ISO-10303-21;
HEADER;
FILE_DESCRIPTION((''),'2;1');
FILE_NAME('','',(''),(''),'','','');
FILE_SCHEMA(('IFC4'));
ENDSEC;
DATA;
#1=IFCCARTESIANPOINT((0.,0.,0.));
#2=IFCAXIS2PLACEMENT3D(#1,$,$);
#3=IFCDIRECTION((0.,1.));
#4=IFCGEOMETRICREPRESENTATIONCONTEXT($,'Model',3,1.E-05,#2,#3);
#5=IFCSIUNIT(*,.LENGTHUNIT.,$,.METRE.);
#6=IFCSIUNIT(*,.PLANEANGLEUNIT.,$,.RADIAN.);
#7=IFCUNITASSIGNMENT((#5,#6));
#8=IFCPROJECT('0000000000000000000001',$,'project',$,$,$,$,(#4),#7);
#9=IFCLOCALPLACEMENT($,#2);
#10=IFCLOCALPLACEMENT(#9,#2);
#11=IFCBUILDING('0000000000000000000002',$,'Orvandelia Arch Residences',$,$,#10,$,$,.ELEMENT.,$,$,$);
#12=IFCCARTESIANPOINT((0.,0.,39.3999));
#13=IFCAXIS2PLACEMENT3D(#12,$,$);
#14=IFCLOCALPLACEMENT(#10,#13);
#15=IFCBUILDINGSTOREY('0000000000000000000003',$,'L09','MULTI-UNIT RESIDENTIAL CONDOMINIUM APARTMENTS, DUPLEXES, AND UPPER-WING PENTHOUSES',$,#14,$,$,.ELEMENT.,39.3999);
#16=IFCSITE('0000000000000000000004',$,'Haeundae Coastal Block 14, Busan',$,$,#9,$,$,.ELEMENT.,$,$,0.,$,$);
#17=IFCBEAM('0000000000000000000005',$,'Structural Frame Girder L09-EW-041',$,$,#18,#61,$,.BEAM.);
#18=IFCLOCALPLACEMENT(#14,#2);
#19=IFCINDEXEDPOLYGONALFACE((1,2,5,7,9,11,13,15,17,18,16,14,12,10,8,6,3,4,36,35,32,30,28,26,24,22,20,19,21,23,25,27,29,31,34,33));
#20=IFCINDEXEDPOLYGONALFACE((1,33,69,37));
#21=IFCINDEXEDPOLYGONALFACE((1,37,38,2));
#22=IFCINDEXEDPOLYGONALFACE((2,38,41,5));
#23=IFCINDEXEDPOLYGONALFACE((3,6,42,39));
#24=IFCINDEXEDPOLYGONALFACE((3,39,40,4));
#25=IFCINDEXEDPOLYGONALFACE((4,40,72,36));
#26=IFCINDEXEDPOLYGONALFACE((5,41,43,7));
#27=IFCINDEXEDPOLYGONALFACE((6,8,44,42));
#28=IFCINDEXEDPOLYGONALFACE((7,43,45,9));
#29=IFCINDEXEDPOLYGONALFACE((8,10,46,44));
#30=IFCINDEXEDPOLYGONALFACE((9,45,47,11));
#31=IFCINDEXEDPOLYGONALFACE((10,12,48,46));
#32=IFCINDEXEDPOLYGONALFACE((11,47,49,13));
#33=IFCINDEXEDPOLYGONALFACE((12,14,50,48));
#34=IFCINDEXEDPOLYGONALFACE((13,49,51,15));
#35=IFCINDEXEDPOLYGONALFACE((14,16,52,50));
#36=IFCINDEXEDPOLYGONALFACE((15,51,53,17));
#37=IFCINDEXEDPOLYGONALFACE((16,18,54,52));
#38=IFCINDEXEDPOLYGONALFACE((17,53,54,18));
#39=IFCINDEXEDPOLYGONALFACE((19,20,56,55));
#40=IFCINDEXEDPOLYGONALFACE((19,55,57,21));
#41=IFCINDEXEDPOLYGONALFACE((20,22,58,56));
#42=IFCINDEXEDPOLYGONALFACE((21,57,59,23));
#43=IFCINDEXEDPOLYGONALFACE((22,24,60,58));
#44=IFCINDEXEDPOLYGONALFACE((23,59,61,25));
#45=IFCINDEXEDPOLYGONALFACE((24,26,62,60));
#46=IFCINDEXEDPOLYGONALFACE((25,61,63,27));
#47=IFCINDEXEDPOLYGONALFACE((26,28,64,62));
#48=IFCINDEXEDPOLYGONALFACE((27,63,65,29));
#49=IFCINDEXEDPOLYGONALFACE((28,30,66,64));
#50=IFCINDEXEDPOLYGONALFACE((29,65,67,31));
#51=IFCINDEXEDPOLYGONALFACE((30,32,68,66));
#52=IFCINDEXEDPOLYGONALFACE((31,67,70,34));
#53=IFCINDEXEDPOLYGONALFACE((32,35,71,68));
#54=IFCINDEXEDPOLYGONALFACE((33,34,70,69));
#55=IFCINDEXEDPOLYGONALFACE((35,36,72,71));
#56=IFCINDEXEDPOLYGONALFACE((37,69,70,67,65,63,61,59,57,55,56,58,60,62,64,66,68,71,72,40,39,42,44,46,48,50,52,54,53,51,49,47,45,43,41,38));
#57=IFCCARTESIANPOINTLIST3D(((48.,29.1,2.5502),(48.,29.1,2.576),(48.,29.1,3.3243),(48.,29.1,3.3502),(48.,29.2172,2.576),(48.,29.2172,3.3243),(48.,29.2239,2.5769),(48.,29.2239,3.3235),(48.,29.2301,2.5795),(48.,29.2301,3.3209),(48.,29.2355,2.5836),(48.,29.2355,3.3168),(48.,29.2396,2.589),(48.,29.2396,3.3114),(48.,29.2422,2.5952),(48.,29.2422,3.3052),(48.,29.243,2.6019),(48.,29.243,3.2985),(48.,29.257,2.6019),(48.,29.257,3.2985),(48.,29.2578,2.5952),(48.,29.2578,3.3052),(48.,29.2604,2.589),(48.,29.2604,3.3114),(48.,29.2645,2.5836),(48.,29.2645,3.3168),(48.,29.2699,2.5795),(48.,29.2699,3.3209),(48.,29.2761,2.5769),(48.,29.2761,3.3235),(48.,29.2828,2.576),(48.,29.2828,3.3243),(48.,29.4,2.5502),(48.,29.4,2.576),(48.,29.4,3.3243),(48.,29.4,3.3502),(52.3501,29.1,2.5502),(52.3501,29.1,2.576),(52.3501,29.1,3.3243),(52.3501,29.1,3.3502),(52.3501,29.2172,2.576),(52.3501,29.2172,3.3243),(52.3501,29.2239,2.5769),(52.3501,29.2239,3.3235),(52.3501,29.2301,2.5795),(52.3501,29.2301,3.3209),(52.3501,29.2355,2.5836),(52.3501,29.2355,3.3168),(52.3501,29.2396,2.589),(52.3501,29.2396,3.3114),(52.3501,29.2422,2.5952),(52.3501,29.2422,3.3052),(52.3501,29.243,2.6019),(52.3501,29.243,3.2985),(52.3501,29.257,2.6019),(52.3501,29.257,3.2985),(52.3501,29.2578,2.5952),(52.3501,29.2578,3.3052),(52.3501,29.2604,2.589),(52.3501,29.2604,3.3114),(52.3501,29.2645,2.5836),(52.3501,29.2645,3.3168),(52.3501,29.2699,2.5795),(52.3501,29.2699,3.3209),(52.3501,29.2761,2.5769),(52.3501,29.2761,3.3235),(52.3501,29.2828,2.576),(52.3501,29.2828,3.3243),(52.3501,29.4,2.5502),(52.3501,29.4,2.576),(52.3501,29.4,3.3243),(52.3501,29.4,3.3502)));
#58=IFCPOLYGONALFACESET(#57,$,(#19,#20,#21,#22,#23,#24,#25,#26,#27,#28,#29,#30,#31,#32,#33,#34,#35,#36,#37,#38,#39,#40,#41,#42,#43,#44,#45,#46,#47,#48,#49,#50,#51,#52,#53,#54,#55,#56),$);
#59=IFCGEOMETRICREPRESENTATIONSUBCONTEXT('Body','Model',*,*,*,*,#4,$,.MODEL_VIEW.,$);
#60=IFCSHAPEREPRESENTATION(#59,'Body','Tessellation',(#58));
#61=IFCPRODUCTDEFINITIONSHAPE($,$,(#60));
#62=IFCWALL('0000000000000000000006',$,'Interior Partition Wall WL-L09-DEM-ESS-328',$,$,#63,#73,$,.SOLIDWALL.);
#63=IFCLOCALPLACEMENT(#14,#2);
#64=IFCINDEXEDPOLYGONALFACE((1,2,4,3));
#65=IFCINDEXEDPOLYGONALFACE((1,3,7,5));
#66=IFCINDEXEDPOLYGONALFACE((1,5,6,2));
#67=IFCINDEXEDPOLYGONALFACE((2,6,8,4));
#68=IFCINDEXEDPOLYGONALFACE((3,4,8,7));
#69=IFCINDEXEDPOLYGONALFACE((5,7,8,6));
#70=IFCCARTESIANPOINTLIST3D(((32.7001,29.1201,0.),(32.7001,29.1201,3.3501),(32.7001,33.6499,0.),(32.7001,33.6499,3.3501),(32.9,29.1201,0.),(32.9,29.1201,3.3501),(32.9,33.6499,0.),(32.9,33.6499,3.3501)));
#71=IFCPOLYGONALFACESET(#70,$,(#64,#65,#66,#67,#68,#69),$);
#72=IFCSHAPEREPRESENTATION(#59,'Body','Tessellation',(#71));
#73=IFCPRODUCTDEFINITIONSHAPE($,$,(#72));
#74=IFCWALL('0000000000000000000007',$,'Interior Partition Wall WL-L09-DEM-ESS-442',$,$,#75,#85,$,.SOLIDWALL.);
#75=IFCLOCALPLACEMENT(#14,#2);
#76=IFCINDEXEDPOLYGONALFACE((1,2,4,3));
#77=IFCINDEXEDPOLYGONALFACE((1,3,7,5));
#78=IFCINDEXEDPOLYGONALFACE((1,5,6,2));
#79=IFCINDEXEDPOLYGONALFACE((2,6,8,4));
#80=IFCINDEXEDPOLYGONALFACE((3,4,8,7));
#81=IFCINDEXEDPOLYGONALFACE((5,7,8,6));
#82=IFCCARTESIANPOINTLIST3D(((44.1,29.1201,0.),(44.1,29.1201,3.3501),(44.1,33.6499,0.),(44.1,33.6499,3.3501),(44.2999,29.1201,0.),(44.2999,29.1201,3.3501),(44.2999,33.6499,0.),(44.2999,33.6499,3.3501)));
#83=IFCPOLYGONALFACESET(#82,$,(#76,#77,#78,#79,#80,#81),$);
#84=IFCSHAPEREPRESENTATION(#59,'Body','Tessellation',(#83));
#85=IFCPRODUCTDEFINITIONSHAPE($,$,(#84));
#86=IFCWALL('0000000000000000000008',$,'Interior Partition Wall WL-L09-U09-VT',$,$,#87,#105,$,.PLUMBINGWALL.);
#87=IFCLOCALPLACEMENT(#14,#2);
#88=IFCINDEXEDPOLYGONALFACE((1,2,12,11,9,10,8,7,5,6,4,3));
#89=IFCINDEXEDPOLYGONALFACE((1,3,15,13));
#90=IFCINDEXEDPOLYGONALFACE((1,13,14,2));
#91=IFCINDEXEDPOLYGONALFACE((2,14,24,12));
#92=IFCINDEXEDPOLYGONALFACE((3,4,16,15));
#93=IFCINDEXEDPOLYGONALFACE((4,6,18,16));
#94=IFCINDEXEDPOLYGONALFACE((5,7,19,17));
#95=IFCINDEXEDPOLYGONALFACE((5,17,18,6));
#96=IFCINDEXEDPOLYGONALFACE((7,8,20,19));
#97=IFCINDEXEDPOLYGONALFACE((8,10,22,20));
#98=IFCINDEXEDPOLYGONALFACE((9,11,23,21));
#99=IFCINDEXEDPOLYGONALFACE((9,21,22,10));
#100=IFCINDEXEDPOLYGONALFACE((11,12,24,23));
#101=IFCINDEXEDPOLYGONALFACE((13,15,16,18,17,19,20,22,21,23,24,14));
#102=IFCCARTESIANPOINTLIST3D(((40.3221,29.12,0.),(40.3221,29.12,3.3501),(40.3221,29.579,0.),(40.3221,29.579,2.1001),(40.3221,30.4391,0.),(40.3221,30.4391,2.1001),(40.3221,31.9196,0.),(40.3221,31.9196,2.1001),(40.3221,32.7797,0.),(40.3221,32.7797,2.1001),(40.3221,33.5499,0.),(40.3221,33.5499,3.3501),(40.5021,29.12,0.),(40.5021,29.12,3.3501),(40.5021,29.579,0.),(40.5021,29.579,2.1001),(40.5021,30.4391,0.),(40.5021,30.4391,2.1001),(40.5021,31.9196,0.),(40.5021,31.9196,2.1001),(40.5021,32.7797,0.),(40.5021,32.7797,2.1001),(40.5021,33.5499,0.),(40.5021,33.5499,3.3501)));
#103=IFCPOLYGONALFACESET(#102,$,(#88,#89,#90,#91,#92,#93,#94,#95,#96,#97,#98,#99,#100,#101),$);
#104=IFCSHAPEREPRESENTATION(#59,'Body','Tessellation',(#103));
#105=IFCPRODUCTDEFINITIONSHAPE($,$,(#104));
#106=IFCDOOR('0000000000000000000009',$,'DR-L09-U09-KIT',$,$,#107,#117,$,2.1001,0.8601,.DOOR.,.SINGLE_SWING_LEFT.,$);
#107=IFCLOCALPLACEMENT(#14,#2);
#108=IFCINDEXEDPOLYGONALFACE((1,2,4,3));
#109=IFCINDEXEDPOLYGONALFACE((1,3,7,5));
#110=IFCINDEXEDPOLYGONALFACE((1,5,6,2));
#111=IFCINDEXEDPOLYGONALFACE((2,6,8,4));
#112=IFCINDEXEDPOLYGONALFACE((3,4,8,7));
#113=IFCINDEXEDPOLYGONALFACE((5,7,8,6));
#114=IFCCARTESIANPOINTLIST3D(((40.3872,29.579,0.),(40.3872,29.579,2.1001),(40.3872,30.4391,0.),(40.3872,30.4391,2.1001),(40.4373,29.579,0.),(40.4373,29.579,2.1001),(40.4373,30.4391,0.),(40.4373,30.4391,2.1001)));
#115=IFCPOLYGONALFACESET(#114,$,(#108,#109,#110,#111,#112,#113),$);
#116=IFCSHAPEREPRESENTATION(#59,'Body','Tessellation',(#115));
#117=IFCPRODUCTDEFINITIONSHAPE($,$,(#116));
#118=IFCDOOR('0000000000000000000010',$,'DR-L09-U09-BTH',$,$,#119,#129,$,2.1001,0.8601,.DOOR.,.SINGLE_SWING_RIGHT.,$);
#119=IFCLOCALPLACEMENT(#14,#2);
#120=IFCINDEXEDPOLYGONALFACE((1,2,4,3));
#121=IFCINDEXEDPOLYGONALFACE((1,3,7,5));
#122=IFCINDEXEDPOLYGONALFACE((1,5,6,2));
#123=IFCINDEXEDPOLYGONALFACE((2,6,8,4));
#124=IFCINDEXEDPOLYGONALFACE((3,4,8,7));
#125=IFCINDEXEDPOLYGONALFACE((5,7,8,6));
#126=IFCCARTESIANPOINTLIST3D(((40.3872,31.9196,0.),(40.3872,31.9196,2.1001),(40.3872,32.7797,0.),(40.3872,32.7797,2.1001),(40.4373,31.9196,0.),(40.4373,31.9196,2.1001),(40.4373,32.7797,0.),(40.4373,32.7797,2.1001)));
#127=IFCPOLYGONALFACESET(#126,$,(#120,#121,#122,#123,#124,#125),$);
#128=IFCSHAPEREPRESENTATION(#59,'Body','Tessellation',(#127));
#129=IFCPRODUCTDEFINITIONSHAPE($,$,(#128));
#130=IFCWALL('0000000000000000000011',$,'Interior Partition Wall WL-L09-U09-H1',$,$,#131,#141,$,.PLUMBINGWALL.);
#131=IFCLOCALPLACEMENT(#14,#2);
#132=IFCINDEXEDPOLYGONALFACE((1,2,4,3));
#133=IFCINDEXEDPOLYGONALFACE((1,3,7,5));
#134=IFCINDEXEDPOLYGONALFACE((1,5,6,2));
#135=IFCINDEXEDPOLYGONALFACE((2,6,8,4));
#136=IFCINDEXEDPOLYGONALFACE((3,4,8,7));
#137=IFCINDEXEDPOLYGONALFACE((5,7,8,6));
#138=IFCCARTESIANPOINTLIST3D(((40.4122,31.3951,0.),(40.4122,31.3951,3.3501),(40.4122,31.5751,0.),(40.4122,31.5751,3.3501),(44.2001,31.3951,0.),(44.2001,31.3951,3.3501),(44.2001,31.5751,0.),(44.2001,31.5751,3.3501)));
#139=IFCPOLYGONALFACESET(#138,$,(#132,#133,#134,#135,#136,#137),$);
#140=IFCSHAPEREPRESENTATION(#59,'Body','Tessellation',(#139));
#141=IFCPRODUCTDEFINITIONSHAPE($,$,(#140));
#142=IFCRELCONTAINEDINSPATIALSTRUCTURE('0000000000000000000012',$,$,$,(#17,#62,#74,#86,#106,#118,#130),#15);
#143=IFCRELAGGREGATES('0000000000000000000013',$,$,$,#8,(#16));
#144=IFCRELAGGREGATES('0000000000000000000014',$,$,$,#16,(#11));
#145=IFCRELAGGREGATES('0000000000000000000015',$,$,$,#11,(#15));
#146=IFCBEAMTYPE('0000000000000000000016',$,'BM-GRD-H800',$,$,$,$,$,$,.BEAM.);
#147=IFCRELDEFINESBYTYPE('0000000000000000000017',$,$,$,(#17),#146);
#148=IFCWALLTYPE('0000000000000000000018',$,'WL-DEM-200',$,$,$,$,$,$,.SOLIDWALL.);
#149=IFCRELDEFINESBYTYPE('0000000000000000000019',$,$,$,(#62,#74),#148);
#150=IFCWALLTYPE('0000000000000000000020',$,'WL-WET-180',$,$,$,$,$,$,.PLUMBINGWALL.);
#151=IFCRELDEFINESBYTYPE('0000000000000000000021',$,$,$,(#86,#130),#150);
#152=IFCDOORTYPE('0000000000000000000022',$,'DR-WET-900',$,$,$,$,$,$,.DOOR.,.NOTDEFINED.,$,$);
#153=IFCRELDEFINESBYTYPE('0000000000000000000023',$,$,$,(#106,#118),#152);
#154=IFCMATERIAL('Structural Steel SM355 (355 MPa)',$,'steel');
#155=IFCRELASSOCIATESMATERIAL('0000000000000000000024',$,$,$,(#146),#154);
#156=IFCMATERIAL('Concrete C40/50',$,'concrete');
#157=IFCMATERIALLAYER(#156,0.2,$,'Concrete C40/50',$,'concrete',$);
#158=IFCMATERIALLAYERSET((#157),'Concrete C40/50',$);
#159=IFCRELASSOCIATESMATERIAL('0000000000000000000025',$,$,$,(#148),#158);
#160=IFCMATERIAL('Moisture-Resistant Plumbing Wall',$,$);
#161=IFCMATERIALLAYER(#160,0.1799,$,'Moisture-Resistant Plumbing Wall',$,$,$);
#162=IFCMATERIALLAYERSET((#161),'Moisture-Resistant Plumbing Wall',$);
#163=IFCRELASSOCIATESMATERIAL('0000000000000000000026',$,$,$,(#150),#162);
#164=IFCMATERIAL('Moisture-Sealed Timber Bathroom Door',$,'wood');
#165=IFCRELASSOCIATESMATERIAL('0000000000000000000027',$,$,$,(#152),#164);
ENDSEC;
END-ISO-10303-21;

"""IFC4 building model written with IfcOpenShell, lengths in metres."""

from ifc_helpers import new_model, si_unit, direction, frame, frame_2d, origin, origin_2d, place, context, subcontext, project, spatial, rectangle, i_section, extrude, material, layer, layer_set, material_profile, profile_set, type_object, element, fill, save


model = new_model("IFC4")

# Units and contexts
model_context = context("Model", 3, precision=1e-05, world=origin(), true_north=direction((0.0, 1.0)))
body_context = subcontext(model_context, "Body", "Model", "MODEL_VIEW")
ifc_project = project(units=[si_unit("LENGTHUNIT", "METRE"), si_unit("PLANEANGLEUNIT", "RADIAN")], contexts=[model_context])

# Site, building, storey
site_placement = place(None, origin())
site = spatial("IfcSite", under=ifc_project, at=site_placement, Name="Haeundae Coastal Block 14, Busan", CompositionType="ELEMENT", RefElevation=0.0)
building_placement = place(site_placement, origin())
building = spatial("IfcBuilding", under=site, at=building_placement, Name="Orvandelia Arch Residences", CompositionType="ELEMENT")
storey_placement = place(building_placement, frame((0.0, 0.0, 39.3999)))
storey = spatial("IfcBuildingStorey", under=building, at=storey_placement, Name="L09", Description="MULTI-UNIT RESIDENTIAL CONDOMINIUM APARTMENTS, DUPLEXES, AND UPPER-WING PENTHOUSES", CompositionType="ELEMENT", Elevation=39.3999)

# Beam
ifc_material_1 = material(Name="Structural Steel SM355 (355 MPa)", Category="steel")
ifc_material_profile_1 = material_profile(ifc_material_1, i_section(OverallWidth=0.3, OverallDepth=0.8, WebThickness=0.0139, FlangeThickness=0.0259, FilletRadius=0.0259, at=origin_2d()), Name="Structural Steel SM355 (355 MPa)", Category="steel")
ifc_profile_set_1 = profile_set([ifc_material_profile_1], Name="Structural Steel SM355 (355 MPa)")
beam_type = type_object("IfcBeamType", Name="BM-GRD-H800", PredefinedType="BEAM", material=ifc_profile_set_1)
beam_1_placement = place(storey_placement, frame((48.0, 29.25, 2.9502), z_axis=(1.0, 0.0, 0.0), x_axis=(0.0, 1.0, 0.0)))
element("IfcBeam", 1, at=beam_1_placement, inside=storey, type_object=beam_type, Name="Structural Frame Girder L09-EW-041", PredefinedType="BEAM", context=body_context, shape_type="SweptSolid", body=[
    extrude(i_section(OverallWidth=0.3, OverallDepth=0.8, WebThickness=0.0139, FlangeThickness=0.0259, FilletRadius=0.0259, at=origin_2d()), origin(), (0.0, 0.0, 1.0), 4.3501),
])

# Walls
ifc_material_2 = material(Name="Concrete C40/50", Category="concrete")
ifc_layer_1 = layer(ifc_material_2, 0.2, Name="Concrete C40/50", Category="concrete")
ifc_layer_set_1 = layer_set([ifc_layer_1], Name="Concrete C40/50")
wall_type_1 = type_object("IfcWallType", Name="WL-DEM-200", PredefinedType="SOLIDWALL", material=ifc_layer_set_1)
for number, where, z_axis, x_axis, name in (
    (2, (32.8, 29.1201, 0.0), (0.0, 0.0, 1.0), (0.0, 1.0, 0.0), "Interior Partition Wall WL-L09-DEM-ESS-328"),
    (3, (44.2, 29.1201, 0.0), (0.0, 0.0, 1.0), (0.0, 1.0, 0.0), "Interior Partition Wall WL-L09-DEM-ESS-442"),
):
    element("IfcWall", number, at=place(storey_placement, frame(where, z_axis=z_axis, x_axis=x_axis)), inside=storey, type_object=wall_type_1, Name=name, PredefinedType="SOLIDWALL", context=body_context, shape_type="SweptSolid", body=[
        extrude(rectangle(XDim=4.5298, YDim=0.2, at=frame_2d((2.2649, 0.0))), origin(), (0.0, 0.0, 1.0), 3.3501),
    ])

# Wall, openings, doors
ifc_material_3 = material(Name="Moisture-Resistant Plumbing Wall")
ifc_layer_2 = layer(ifc_material_3, 0.1799, Name="Moisture-Resistant Plumbing Wall")
ifc_layer_set_2 = layer_set([ifc_layer_2], Name="Moisture-Resistant Plumbing Wall")
wall_type_2 = type_object("IfcWallType", Name="WL-WET-180", PredefinedType="PLUMBINGWALL", material=ifc_layer_set_2)
wall_1_placement = place(storey_placement, frame((40.4121, 29.1201, 0.0), z_axis=(0.0, 0.0, 1.0), x_axis=(0.0, 1.0, 0.0)))
wall_1 = element("IfcWall", 4, at=wall_1_placement, inside=storey, type_object=wall_type_2, Name="Interior Partition Wall WL-L09-U09-VT", PredefinedType="PLUMBINGWALL", context=body_context, shape_type="SweptSolid", body=[
    extrude(rectangle(XDim=4.4299, YDim=0.1799, at=frame_2d((2.2148, 0.0))), origin(), (0.0, 0.0, 1.0), 3.3501),
])
opening_1_placement = place(wall_1_placement, frame((0.4587, 0.0, 0.0)))
opening_1 = element("IfcOpeningElement", 5, at=opening_1_placement, cuts=wall_1, PredefinedType="OPENING", context=body_context, shape_type="SweptSolid", body=[
    extrude(rectangle(XDim=0.8601, YDim=2.1001, at=frame_2d((0.4302, 1.05))), frame((0.0, 0.1001, 0.0), z_axis=(0.0, -1.0, 0.0), x_axis=(1.0, 0.0, 0.0)), (0.0, 0.0, 1.0), 0.2),
])
opening_2_placement = place(wall_1_placement, frame((2.7993, 0.0, 0.0)))
opening_2 = element("IfcOpeningElement", 6, at=opening_2_placement, cuts=wall_1, PredefinedType="OPENING", context=body_context, shape_type="SweptSolid", body=[
    extrude(rectangle(XDim=0.8601, YDim=2.1001, at=frame_2d((0.4302, 1.05))), frame((0.0, 0.1001, 0.0), z_axis=(0.0, -1.0, 0.0), x_axis=(1.0, 0.0, 0.0)), (0.0, 0.0, 1.0), 0.2),
])
ifc_material_4 = material(Name="Moisture-Sealed Timber Bathroom Door", Category="wood")
door_type = type_object("IfcDoorType", Name="DR-WET-900", OperationType="NOTDEFINED", PredefinedType="DOOR", material=ifc_material_4)
door_1_placement = place(opening_1_placement, origin())
door_1 = element("IfcDoor", 7, at=door_1_placement, inside=storey, type_object=door_type, Name="DR-L09-U09-KIT", OperationType="SINGLE_SWING_LEFT", OverallHeight=2.1001, OverallWidth=0.8601, PredefinedType="DOOR", context=body_context, shape_type="SweptSolid", body=[
    extrude(rectangle(XDim=0.8601, YDim=2.1001, at=frame_2d((0.4302, 1.05))), frame((0.0, 0.0249, 0.0), z_axis=(0.0, -1.0, 0.0), x_axis=(1.0, 0.0, 0.0)), (0.0, 0.0, 1.0), 0.05),
])
fill(opening_1, door_1)
door_2_placement = place(opening_2_placement, origin())
door_2 = element("IfcDoor", 8, at=door_2_placement, inside=storey, type_object=door_type, Name="DR-L09-U09-BTH", OperationType="SINGLE_SWING_RIGHT", OverallHeight=2.1001, OverallWidth=0.8601, PredefinedType="DOOR", context=body_context, shape_type="SweptSolid", body=[
    extrude(rectangle(XDim=0.8601, YDim=2.1001, at=frame_2d((0.4302, 1.05))), frame((0.0, 0.0249, 0.0), z_axis=(0.0, -1.0, 0.0), x_axis=(1.0, 0.0, 0.0)), (0.0, 0.0, 1.0), 0.05),
])
fill(opening_2, door_2)

# Wall
wall_2_placement = place(storey_placement, frame((40.4121, 31.4851, 0.0), z_axis=(0.0, 0.0, 1.0), x_axis=(1.0, 0.0, 0.0)))
element("IfcWall", 9, at=wall_2_placement, inside=storey, type_object=wall_type_2, Name="Interior Partition Wall WL-L09-U09-H1", PredefinedType="PLUMBINGWALL", context=body_context, shape_type="SweptSolid", body=[
    extrude(rectangle(XDim=3.7878, YDim=0.1799, at=frame_2d((1.894, 0.0))), origin(), (0.0, 0.0, 1.0), 3.3501),
])

save(model, "model.ifc")
